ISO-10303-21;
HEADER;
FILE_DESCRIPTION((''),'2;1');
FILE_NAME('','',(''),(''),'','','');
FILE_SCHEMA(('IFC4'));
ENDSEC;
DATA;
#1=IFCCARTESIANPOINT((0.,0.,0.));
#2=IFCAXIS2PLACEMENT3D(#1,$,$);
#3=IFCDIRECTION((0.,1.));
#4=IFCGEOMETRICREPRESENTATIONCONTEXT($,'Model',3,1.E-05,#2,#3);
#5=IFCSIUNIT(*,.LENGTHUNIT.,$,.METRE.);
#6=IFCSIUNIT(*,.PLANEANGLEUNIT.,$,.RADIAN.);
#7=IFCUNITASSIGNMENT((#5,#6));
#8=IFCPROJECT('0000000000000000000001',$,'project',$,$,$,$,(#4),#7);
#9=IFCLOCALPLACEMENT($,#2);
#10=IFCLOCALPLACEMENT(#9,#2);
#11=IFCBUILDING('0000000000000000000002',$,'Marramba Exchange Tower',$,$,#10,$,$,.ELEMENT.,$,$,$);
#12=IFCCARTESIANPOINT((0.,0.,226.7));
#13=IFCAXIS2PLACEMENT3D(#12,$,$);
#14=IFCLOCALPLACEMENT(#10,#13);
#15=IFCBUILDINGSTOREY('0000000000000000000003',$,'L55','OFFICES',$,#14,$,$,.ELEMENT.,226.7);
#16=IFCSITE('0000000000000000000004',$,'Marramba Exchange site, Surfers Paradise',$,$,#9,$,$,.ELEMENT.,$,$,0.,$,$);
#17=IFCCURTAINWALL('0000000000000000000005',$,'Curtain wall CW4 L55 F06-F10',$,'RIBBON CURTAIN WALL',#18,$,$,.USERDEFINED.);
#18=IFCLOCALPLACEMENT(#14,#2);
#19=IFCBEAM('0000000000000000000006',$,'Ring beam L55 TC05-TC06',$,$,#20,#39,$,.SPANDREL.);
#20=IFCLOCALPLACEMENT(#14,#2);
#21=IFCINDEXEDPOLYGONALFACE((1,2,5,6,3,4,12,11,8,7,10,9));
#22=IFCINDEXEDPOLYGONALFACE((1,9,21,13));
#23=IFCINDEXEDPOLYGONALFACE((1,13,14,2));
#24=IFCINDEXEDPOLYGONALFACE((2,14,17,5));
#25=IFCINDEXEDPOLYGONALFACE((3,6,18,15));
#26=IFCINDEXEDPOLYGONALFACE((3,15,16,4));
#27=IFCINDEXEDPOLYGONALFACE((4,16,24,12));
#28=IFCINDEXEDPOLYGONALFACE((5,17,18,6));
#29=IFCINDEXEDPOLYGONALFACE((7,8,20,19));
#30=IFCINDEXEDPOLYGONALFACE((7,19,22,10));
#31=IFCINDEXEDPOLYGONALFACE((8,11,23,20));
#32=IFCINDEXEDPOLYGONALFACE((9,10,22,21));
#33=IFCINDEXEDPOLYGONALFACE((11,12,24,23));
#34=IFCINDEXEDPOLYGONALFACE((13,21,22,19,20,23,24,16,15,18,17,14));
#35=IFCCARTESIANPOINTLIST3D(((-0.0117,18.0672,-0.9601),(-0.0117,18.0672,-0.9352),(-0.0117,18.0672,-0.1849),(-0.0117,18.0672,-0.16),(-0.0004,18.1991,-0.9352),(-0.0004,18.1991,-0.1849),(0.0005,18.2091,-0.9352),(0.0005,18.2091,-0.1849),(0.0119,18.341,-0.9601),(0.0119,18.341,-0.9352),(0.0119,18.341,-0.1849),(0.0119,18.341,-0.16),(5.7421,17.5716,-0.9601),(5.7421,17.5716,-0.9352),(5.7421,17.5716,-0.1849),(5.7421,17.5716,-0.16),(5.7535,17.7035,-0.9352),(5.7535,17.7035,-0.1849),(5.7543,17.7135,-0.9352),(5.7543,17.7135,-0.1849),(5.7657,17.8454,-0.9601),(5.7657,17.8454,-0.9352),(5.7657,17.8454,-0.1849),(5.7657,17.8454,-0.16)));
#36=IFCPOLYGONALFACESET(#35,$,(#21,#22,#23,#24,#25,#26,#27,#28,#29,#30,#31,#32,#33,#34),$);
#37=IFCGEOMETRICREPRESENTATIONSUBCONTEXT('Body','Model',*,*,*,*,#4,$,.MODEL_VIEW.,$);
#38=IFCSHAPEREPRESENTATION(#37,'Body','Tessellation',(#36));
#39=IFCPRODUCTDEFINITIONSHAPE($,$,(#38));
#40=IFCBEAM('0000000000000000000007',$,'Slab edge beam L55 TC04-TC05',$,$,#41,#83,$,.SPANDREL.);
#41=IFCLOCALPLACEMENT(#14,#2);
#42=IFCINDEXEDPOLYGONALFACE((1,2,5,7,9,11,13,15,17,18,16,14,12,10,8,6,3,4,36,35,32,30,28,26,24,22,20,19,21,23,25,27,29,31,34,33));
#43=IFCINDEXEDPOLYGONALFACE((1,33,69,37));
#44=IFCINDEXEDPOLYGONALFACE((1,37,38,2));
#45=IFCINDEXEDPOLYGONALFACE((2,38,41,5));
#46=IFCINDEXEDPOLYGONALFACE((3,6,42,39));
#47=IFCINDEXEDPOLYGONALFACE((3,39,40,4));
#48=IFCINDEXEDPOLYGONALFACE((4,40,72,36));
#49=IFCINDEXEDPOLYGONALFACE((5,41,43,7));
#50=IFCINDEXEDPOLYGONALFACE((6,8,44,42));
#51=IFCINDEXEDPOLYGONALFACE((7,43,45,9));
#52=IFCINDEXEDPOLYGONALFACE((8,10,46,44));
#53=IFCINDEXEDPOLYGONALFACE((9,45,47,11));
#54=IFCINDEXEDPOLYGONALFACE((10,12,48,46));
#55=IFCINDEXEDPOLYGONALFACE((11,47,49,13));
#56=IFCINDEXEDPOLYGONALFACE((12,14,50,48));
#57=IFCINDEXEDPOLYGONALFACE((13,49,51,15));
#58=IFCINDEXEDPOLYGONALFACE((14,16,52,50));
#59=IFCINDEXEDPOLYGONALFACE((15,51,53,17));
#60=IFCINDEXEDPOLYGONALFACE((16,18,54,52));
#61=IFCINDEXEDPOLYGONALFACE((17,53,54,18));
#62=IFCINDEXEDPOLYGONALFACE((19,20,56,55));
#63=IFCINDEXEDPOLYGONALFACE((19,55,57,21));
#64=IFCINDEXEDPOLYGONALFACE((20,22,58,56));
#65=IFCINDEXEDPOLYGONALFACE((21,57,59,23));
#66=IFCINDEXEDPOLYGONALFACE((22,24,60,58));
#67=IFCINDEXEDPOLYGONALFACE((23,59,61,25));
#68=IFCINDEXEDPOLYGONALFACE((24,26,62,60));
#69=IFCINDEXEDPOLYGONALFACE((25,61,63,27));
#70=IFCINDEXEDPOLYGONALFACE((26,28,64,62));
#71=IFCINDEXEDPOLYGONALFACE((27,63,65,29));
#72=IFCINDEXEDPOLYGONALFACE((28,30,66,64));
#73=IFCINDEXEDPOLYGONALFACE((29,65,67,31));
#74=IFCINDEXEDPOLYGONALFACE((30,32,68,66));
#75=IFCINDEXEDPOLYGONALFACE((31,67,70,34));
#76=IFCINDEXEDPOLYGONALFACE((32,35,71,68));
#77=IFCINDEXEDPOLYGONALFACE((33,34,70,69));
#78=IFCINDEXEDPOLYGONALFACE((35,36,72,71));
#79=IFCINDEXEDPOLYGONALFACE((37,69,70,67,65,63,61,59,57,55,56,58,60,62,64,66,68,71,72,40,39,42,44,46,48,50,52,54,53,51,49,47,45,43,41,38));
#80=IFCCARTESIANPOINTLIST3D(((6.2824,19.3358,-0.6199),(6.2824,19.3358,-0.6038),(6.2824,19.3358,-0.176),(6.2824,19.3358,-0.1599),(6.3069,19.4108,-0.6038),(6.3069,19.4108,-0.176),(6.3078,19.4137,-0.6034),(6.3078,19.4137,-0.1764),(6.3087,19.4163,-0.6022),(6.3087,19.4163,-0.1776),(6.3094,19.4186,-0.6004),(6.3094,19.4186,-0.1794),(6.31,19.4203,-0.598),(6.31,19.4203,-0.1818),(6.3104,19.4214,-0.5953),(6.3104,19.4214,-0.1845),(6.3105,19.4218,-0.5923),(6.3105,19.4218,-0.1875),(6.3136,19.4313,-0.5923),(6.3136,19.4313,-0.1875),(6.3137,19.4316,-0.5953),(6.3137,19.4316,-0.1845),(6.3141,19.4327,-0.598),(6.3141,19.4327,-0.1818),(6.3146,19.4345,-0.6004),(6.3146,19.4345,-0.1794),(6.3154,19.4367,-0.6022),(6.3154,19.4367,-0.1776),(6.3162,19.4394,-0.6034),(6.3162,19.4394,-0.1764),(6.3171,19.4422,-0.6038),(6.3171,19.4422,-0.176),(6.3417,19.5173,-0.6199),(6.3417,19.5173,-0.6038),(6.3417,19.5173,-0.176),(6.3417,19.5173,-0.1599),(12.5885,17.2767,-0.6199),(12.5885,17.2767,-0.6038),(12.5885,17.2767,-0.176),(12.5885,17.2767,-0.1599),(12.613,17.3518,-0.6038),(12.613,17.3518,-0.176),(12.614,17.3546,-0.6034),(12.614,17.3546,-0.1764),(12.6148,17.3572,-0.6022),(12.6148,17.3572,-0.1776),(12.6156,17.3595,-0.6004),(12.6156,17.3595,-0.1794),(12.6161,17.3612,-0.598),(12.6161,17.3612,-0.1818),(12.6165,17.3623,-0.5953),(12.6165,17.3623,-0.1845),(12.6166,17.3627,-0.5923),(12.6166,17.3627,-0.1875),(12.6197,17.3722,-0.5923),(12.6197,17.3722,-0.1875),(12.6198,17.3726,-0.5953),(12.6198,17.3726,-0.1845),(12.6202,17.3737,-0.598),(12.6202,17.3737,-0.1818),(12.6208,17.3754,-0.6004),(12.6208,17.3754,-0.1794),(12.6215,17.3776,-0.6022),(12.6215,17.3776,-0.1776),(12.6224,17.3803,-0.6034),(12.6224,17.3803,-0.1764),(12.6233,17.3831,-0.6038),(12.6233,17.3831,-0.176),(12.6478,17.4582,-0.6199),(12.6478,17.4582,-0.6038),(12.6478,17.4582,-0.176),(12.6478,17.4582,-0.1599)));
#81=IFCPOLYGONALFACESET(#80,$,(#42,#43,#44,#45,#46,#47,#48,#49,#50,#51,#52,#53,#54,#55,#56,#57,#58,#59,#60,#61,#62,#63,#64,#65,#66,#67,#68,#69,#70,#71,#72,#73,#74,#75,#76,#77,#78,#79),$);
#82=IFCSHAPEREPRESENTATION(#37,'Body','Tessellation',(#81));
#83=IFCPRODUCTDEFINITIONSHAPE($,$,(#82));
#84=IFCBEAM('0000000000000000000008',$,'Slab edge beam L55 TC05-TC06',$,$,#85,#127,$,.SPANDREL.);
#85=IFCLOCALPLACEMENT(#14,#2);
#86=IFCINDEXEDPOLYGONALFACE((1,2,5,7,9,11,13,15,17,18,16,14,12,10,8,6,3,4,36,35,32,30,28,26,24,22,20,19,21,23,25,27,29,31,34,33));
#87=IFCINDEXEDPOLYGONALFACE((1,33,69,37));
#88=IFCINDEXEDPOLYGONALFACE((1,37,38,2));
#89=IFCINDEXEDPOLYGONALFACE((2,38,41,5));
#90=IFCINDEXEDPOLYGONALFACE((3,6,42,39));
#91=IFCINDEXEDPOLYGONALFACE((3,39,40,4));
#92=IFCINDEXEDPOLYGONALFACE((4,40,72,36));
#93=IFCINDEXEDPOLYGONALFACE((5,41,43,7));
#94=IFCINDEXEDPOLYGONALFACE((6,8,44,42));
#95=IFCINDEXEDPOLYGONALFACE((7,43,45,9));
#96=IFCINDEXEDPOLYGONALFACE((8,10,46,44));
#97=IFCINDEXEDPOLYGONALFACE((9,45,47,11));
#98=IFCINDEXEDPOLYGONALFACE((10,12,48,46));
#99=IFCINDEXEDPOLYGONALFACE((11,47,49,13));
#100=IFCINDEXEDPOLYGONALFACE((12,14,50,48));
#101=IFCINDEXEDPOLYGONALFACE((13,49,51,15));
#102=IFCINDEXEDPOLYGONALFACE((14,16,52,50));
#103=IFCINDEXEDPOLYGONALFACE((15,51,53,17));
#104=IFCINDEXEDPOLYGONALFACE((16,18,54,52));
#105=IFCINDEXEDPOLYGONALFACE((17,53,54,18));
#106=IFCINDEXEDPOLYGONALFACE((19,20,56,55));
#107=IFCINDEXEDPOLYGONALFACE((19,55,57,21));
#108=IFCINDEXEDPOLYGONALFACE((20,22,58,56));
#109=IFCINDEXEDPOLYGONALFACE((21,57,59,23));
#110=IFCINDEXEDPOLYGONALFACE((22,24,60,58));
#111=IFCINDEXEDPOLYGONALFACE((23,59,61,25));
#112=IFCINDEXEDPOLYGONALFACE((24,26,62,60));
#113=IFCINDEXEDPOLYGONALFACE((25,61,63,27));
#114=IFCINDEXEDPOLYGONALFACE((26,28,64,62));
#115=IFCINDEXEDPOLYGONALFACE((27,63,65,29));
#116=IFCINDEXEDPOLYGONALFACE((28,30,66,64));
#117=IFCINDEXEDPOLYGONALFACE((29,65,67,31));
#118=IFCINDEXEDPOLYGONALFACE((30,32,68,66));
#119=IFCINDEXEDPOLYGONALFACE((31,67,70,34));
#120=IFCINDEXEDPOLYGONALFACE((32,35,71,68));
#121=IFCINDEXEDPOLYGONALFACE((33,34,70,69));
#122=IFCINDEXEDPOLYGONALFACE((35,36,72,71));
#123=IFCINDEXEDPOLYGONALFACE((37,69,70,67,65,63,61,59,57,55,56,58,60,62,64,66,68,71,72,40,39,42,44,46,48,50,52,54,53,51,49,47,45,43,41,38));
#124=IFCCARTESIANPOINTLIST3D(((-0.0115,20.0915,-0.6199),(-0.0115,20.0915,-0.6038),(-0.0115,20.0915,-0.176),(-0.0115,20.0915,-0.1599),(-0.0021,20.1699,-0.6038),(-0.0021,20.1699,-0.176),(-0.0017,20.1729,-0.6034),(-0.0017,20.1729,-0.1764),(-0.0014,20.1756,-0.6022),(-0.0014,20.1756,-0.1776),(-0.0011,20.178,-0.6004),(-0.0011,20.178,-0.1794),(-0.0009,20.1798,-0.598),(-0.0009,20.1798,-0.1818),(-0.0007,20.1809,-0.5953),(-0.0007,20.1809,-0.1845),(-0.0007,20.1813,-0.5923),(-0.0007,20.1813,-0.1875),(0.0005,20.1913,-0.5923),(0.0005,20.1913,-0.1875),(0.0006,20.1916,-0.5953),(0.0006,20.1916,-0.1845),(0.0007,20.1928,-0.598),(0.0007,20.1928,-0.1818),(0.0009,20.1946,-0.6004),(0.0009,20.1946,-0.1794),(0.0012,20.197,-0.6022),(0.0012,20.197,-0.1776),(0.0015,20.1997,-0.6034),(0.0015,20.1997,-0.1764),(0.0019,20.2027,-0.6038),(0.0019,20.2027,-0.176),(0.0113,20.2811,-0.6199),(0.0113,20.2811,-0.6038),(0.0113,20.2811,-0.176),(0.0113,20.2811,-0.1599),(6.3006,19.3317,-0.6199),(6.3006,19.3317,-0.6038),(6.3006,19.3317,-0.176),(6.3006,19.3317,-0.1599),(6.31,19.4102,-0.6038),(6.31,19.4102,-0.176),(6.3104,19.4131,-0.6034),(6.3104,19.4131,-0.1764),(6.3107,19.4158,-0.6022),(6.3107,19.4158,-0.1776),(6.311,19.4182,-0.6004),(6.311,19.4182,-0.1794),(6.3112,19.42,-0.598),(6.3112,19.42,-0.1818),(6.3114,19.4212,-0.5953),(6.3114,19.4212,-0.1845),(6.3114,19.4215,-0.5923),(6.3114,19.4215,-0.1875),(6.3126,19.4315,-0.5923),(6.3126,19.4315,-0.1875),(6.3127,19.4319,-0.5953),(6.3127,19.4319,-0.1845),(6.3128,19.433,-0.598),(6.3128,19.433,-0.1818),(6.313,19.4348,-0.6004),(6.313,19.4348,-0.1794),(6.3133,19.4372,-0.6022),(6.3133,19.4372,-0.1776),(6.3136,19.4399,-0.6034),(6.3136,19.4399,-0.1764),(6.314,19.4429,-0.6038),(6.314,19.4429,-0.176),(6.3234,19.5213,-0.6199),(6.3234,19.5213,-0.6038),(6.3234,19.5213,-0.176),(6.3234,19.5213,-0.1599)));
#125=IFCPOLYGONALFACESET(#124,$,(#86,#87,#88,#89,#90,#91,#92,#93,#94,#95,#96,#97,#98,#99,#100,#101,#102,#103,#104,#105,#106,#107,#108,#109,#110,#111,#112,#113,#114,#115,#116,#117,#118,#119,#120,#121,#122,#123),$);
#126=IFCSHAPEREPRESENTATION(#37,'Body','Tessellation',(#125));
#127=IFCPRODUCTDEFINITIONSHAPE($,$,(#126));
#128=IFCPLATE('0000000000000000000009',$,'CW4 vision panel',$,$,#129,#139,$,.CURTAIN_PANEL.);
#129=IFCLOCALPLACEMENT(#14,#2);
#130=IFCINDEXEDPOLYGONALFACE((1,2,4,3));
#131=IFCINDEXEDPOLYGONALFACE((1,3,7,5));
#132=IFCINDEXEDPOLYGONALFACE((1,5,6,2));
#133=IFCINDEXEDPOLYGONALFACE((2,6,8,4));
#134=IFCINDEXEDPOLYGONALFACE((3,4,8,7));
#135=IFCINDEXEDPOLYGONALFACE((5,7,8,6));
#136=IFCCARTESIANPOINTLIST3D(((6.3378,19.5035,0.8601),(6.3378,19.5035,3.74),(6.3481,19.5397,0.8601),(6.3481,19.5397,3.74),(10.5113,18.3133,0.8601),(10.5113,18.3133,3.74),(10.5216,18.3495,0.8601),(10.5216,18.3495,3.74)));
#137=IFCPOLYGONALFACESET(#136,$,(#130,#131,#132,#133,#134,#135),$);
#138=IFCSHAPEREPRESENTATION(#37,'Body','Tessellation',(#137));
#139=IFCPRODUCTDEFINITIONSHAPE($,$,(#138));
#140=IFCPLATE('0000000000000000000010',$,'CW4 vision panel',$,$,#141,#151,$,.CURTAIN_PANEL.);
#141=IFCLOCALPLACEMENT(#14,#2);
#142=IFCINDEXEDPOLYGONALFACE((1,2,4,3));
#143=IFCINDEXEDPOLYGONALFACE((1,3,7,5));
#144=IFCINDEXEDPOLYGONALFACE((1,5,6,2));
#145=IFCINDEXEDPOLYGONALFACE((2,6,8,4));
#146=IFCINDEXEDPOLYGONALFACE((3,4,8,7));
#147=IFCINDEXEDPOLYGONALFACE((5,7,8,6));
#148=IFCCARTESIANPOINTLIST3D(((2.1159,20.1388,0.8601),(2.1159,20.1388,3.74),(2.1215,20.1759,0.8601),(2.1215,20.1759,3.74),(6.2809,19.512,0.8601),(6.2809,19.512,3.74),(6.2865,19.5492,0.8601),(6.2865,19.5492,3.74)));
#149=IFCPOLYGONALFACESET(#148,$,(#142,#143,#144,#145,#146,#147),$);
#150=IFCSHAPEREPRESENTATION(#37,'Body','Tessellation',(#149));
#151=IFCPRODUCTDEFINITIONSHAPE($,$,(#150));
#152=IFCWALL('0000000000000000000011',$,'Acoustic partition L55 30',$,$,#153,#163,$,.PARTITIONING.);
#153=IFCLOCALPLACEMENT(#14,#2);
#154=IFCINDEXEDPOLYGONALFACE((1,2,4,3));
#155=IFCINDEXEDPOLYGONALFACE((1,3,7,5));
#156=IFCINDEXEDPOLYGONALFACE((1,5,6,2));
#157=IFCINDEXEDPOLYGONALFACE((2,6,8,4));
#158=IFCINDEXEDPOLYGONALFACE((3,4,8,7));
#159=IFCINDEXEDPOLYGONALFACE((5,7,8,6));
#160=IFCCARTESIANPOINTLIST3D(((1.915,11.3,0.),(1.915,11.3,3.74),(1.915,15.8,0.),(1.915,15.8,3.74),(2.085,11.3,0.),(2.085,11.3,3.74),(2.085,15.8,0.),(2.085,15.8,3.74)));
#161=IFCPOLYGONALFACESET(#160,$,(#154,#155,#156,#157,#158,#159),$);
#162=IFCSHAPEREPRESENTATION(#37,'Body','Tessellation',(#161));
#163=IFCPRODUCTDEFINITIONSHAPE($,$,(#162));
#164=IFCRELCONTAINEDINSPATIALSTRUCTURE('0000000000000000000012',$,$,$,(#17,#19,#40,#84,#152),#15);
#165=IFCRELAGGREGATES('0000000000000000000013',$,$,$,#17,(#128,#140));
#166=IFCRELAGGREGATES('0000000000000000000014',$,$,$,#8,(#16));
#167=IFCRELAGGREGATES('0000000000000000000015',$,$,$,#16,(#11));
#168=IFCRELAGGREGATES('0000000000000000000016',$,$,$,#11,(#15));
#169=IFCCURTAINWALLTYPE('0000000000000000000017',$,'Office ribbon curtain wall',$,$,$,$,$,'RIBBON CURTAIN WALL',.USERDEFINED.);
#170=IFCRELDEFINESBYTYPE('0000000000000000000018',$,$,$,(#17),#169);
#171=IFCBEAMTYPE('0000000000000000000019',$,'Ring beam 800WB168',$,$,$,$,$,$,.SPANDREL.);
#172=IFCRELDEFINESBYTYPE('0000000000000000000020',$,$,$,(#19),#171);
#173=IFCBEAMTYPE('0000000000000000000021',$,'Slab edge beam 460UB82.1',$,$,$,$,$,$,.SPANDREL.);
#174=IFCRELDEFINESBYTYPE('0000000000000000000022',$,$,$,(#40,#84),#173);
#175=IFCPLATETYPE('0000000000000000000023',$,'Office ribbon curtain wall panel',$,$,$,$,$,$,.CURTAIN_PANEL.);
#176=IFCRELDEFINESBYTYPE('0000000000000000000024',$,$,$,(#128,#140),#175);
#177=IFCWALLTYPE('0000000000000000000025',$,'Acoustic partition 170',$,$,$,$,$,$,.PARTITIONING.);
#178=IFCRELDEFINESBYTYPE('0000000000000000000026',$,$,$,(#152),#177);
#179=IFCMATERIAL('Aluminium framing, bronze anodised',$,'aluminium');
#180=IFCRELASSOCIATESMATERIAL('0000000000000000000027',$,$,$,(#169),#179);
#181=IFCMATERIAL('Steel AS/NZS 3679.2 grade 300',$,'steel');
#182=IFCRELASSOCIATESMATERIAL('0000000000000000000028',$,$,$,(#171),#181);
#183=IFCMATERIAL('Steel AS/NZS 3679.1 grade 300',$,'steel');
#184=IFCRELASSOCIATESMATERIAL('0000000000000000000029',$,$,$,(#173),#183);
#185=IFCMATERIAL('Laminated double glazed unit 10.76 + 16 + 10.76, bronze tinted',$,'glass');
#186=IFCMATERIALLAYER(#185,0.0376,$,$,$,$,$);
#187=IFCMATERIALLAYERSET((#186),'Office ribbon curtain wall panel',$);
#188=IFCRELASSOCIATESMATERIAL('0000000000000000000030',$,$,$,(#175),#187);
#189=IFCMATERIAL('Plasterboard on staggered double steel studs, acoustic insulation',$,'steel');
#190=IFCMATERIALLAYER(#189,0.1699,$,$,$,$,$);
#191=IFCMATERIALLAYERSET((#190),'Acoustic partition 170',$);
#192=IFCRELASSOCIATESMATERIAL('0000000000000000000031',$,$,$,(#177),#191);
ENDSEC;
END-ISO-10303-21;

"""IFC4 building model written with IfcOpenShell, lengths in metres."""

from ifc_helpers import new_model, si_unit, direction, frame, frame_2d, origin, origin_2d, place, context, subcontext, project, spatial, rectangle, i_section, extrude, material, layer, layer_set, material_profile, profile_set, type_object, element, aggregate, save


model = new_model("IFC4")

# Units and contexts
model_context = context("Model", 3, precision=1e-05, world=origin(), true_north=direction((0.0, 1.0)))
body_context = subcontext(model_context, "Body", "Model", "MODEL_VIEW")
ifc_project = project(units=[si_unit("LENGTHUNIT", "METRE"), si_unit("PLANEANGLEUNIT", "RADIAN")], contexts=[model_context])

# Site, building, storey
site_placement = place(None, origin())
site = spatial("IfcSite", under=ifc_project, at=site_placement, Name="Marramba Exchange site, Surfers Paradise", CompositionType="ELEMENT", RefElevation=0.0)
building_placement = place(site_placement, origin())
building = spatial("IfcBuilding", under=site, at=building_placement, Name="Marramba Exchange Tower", CompositionType="ELEMENT")
storey_placement = place(building_placement, frame((0.0, 0.0, 226.7)))
storey = spatial("IfcBuildingStorey", under=building, at=storey_placement, Name="L55", Description="OFFICES", CompositionType="ELEMENT", Elevation=226.7)

# Shared definitions
ifc_material_1 = material(Name="Steel AS/NZS 3679.2 grade 300", Category="steel")

# Curtain wall
ifc_material_2 = material(Name="Aluminium framing, bronze anodised", Category="aluminium")
curtain_wall_type = type_object("IfcCurtainWallType", Name="Office ribbon curtain wall", ElementType="RIBBON CURTAIN WALL", PredefinedType="USERDEFINED", material=ifc_material_2)
curtain_wall_placement = place(storey_placement, origin())
curtain_wall = element("IfcCurtainWall", 1, at=curtain_wall_placement, inside=storey, type_object=curtain_wall_type, Name="Curtain wall CW4 L55 F06-F10", ObjectType="RIBBON CURTAIN WALL", PredefinedType="USERDEFINED")

# Beams
ifc_material_profile_1 = material_profile(ifc_material_1, i_section(OverallWidth=0.2749, OverallDepth=0.8, WebThickness=0.01, FlangeThickness=0.0249, at=origin_2d()), Name="800WB168")
ifc_profile_set_1 = profile_set([ifc_material_profile_1], Name="Steel AS/NZS 3679.2 grade 300")
beam_type_1 = type_object("IfcBeamType", Name="Ring beam 800WB168", PredefinedType="SPANDREL", material=ifc_profile_set_1)
beam_1_placement = place(storey_placement, frame((5.7539, 17.7085, -0.5601), z_axis=(-0.996311, 0.085816, 0.0), x_axis=(-0.085816, -0.996311, 0.0)))
element("IfcBeam", 2, at=beam_1_placement, inside=storey, type_object=beam_type_1, Name="Ring beam L55 TC05-TC06", PredefinedType="SPANDREL", context=body_context, shape_type="SweptSolid", body=[
    extrude(i_section(OverallWidth=0.2749, OverallDepth=0.8, WebThickness=0.01, FlangeThickness=0.0249, at=origin_2d()), origin(), (0.0, 0.0, 1.0), 5.7751),
])
ifc_material_3 = material(Name="Steel AS/NZS 3679.1 grade 300", Category="steel")
ifc_material_profile_2 = material_profile(ifc_material_3, i_section(OverallWidth=0.1909, OverallDepth=0.46, WebThickness=0.01, FlangeThickness=0.0161, FilletRadius=0.0115, at=origin_2d()), Name="460UB82.1")
ifc_profile_set_2 = profile_set([ifc_material_profile_2], Name="Steel AS/NZS 3679.1 grade 300")
beam_type_2 = type_object("IfcBeamType", Name="Slab edge beam 460UB82.1", PredefinedType="SPANDREL", material=ifc_profile_set_2)
beam_2_placement = place(storey_placement, frame((12.6182, 17.3674, -0.3899), z_axis=(-0.950609, 0.310392, 0.0), x_axis=(-0.310392, -0.950609, 0.0)))
element("IfcBeam", 3, at=beam_2_placement, inside=storey, type_object=beam_type_2, Name="Slab edge beam L55 TC04-TC05", PredefinedType="SPANDREL", context=body_context, shape_type="SweptSolid", body=[
    extrude(i_section(OverallWidth=0.1909, OverallDepth=0.46, WebThickness=0.01, FlangeThickness=0.0161, FilletRadius=0.0115, at=origin_2d()), origin(), (0.0, 0.0, 1.0), 6.6338),
])
beam_3_placement = place(storey_placement, frame((6.312, 19.4265, -0.3899), z_axis=(-0.992834, 0.119506, 0.0), x_axis=(-0.119506, -0.992834, 0.0)))
element("IfcBeam", 4, at=beam_3_placement, inside=storey, type_object=beam_type_2, Name="Slab edge beam L55 TC05-TC06", PredefinedType="SPANDREL", context=body_context, shape_type="SweptSolid", body=[
    extrude(i_section(OverallWidth=0.1909, OverallDepth=0.46, WebThickness=0.01, FlangeThickness=0.0161, FilletRadius=0.0115, at=origin_2d()), origin(), (0.0, 0.0, 1.0), 6.3577),
])

# Plates
ifc_material_4 = material(Name="Laminated double glazed unit 10.76 + 16 + 10.76, bronze tinted", Category="glass")
ifc_layer_1 = layer(ifc_material_4, 0.0376)
ifc_layer_set_1 = layer_set([ifc_layer_1], Name="Office ribbon curtain wall panel")
plate_type = type_object("IfcPlateType", Name="Office ribbon curtain wall panel", PredefinedType="CURTAIN_PANEL", material=ifc_layer_set_1)
plate_1_placement = place(storey_placement, frame((8.4297, 18.9265, 0.8601), z_axis=(0.0, 0.0, 1.0), x_axis=(-0.961659, 0.274248, 0.0)))
plate_1 = element("IfcPlate", 5, at=plate_1_placement, type_object=plate_type, Name="CW4 vision panel", PredefinedType="CURTAIN_PANEL", context=body_context, shape_type="SweptSolid", body=[
    extrude(rectangle(XDim=4.3398, YDim=0.0376, at=origin_2d()), origin(), (0.0, 0.0, 1.0), 2.8799),
])
plate_2_placement = place(storey_placement, frame((4.2012, 19.844, 0.8601), z_axis=(0.0, 0.0, 1.0), x_axis=(-0.988868, 0.148795, 0.0)))
plate_2 = element("IfcPlate", 6, at=plate_2_placement, type_object=plate_type, Name="CW4 vision panel", PredefinedType="CURTAIN_PANEL", context=body_context, shape_type="SweptSolid", body=[
    extrude(rectangle(XDim=4.2119, YDim=0.0376, at=origin_2d()), origin(), (0.0, 0.0, 1.0), 2.8799),
])
aggregate(curtain_wall, [plate_1, plate_2])

# Wall
ifc_material_5 = material(Name="Plasterboard on staggered double steel studs, acoustic insulation", Category="steel")
ifc_layer_2 = layer(ifc_material_5, 0.1699)
ifc_layer_set_2 = layer_set([ifc_layer_2], Name="Acoustic partition 170")
wall_type_1 = type_object("IfcWallType", Name="Acoustic partition 170", PredefinedType="PARTITIONING", material=ifc_layer_set_2)
wall_1_placement = place(storey_placement, frame((2.0, 15.8, 0.0), z_axis=(0.0, 0.0, 1.0), x_axis=(0.0, -1.0, 0.0)))
element("IfcWall", 7, at=wall_1_placement, inside=storey, type_object=wall_type_1, Name="Acoustic partition L55 30", PredefinedType="PARTITIONING", context=body_context, shape_type="SweptSolid", body=[
    extrude(rectangle(XDim=4.5, YDim=0.1699, at=frame_2d((2.25, 0.0))), origin(), (0.0, 0.0, 1.0), 3.74),
])

save(model, "model.ifc")
